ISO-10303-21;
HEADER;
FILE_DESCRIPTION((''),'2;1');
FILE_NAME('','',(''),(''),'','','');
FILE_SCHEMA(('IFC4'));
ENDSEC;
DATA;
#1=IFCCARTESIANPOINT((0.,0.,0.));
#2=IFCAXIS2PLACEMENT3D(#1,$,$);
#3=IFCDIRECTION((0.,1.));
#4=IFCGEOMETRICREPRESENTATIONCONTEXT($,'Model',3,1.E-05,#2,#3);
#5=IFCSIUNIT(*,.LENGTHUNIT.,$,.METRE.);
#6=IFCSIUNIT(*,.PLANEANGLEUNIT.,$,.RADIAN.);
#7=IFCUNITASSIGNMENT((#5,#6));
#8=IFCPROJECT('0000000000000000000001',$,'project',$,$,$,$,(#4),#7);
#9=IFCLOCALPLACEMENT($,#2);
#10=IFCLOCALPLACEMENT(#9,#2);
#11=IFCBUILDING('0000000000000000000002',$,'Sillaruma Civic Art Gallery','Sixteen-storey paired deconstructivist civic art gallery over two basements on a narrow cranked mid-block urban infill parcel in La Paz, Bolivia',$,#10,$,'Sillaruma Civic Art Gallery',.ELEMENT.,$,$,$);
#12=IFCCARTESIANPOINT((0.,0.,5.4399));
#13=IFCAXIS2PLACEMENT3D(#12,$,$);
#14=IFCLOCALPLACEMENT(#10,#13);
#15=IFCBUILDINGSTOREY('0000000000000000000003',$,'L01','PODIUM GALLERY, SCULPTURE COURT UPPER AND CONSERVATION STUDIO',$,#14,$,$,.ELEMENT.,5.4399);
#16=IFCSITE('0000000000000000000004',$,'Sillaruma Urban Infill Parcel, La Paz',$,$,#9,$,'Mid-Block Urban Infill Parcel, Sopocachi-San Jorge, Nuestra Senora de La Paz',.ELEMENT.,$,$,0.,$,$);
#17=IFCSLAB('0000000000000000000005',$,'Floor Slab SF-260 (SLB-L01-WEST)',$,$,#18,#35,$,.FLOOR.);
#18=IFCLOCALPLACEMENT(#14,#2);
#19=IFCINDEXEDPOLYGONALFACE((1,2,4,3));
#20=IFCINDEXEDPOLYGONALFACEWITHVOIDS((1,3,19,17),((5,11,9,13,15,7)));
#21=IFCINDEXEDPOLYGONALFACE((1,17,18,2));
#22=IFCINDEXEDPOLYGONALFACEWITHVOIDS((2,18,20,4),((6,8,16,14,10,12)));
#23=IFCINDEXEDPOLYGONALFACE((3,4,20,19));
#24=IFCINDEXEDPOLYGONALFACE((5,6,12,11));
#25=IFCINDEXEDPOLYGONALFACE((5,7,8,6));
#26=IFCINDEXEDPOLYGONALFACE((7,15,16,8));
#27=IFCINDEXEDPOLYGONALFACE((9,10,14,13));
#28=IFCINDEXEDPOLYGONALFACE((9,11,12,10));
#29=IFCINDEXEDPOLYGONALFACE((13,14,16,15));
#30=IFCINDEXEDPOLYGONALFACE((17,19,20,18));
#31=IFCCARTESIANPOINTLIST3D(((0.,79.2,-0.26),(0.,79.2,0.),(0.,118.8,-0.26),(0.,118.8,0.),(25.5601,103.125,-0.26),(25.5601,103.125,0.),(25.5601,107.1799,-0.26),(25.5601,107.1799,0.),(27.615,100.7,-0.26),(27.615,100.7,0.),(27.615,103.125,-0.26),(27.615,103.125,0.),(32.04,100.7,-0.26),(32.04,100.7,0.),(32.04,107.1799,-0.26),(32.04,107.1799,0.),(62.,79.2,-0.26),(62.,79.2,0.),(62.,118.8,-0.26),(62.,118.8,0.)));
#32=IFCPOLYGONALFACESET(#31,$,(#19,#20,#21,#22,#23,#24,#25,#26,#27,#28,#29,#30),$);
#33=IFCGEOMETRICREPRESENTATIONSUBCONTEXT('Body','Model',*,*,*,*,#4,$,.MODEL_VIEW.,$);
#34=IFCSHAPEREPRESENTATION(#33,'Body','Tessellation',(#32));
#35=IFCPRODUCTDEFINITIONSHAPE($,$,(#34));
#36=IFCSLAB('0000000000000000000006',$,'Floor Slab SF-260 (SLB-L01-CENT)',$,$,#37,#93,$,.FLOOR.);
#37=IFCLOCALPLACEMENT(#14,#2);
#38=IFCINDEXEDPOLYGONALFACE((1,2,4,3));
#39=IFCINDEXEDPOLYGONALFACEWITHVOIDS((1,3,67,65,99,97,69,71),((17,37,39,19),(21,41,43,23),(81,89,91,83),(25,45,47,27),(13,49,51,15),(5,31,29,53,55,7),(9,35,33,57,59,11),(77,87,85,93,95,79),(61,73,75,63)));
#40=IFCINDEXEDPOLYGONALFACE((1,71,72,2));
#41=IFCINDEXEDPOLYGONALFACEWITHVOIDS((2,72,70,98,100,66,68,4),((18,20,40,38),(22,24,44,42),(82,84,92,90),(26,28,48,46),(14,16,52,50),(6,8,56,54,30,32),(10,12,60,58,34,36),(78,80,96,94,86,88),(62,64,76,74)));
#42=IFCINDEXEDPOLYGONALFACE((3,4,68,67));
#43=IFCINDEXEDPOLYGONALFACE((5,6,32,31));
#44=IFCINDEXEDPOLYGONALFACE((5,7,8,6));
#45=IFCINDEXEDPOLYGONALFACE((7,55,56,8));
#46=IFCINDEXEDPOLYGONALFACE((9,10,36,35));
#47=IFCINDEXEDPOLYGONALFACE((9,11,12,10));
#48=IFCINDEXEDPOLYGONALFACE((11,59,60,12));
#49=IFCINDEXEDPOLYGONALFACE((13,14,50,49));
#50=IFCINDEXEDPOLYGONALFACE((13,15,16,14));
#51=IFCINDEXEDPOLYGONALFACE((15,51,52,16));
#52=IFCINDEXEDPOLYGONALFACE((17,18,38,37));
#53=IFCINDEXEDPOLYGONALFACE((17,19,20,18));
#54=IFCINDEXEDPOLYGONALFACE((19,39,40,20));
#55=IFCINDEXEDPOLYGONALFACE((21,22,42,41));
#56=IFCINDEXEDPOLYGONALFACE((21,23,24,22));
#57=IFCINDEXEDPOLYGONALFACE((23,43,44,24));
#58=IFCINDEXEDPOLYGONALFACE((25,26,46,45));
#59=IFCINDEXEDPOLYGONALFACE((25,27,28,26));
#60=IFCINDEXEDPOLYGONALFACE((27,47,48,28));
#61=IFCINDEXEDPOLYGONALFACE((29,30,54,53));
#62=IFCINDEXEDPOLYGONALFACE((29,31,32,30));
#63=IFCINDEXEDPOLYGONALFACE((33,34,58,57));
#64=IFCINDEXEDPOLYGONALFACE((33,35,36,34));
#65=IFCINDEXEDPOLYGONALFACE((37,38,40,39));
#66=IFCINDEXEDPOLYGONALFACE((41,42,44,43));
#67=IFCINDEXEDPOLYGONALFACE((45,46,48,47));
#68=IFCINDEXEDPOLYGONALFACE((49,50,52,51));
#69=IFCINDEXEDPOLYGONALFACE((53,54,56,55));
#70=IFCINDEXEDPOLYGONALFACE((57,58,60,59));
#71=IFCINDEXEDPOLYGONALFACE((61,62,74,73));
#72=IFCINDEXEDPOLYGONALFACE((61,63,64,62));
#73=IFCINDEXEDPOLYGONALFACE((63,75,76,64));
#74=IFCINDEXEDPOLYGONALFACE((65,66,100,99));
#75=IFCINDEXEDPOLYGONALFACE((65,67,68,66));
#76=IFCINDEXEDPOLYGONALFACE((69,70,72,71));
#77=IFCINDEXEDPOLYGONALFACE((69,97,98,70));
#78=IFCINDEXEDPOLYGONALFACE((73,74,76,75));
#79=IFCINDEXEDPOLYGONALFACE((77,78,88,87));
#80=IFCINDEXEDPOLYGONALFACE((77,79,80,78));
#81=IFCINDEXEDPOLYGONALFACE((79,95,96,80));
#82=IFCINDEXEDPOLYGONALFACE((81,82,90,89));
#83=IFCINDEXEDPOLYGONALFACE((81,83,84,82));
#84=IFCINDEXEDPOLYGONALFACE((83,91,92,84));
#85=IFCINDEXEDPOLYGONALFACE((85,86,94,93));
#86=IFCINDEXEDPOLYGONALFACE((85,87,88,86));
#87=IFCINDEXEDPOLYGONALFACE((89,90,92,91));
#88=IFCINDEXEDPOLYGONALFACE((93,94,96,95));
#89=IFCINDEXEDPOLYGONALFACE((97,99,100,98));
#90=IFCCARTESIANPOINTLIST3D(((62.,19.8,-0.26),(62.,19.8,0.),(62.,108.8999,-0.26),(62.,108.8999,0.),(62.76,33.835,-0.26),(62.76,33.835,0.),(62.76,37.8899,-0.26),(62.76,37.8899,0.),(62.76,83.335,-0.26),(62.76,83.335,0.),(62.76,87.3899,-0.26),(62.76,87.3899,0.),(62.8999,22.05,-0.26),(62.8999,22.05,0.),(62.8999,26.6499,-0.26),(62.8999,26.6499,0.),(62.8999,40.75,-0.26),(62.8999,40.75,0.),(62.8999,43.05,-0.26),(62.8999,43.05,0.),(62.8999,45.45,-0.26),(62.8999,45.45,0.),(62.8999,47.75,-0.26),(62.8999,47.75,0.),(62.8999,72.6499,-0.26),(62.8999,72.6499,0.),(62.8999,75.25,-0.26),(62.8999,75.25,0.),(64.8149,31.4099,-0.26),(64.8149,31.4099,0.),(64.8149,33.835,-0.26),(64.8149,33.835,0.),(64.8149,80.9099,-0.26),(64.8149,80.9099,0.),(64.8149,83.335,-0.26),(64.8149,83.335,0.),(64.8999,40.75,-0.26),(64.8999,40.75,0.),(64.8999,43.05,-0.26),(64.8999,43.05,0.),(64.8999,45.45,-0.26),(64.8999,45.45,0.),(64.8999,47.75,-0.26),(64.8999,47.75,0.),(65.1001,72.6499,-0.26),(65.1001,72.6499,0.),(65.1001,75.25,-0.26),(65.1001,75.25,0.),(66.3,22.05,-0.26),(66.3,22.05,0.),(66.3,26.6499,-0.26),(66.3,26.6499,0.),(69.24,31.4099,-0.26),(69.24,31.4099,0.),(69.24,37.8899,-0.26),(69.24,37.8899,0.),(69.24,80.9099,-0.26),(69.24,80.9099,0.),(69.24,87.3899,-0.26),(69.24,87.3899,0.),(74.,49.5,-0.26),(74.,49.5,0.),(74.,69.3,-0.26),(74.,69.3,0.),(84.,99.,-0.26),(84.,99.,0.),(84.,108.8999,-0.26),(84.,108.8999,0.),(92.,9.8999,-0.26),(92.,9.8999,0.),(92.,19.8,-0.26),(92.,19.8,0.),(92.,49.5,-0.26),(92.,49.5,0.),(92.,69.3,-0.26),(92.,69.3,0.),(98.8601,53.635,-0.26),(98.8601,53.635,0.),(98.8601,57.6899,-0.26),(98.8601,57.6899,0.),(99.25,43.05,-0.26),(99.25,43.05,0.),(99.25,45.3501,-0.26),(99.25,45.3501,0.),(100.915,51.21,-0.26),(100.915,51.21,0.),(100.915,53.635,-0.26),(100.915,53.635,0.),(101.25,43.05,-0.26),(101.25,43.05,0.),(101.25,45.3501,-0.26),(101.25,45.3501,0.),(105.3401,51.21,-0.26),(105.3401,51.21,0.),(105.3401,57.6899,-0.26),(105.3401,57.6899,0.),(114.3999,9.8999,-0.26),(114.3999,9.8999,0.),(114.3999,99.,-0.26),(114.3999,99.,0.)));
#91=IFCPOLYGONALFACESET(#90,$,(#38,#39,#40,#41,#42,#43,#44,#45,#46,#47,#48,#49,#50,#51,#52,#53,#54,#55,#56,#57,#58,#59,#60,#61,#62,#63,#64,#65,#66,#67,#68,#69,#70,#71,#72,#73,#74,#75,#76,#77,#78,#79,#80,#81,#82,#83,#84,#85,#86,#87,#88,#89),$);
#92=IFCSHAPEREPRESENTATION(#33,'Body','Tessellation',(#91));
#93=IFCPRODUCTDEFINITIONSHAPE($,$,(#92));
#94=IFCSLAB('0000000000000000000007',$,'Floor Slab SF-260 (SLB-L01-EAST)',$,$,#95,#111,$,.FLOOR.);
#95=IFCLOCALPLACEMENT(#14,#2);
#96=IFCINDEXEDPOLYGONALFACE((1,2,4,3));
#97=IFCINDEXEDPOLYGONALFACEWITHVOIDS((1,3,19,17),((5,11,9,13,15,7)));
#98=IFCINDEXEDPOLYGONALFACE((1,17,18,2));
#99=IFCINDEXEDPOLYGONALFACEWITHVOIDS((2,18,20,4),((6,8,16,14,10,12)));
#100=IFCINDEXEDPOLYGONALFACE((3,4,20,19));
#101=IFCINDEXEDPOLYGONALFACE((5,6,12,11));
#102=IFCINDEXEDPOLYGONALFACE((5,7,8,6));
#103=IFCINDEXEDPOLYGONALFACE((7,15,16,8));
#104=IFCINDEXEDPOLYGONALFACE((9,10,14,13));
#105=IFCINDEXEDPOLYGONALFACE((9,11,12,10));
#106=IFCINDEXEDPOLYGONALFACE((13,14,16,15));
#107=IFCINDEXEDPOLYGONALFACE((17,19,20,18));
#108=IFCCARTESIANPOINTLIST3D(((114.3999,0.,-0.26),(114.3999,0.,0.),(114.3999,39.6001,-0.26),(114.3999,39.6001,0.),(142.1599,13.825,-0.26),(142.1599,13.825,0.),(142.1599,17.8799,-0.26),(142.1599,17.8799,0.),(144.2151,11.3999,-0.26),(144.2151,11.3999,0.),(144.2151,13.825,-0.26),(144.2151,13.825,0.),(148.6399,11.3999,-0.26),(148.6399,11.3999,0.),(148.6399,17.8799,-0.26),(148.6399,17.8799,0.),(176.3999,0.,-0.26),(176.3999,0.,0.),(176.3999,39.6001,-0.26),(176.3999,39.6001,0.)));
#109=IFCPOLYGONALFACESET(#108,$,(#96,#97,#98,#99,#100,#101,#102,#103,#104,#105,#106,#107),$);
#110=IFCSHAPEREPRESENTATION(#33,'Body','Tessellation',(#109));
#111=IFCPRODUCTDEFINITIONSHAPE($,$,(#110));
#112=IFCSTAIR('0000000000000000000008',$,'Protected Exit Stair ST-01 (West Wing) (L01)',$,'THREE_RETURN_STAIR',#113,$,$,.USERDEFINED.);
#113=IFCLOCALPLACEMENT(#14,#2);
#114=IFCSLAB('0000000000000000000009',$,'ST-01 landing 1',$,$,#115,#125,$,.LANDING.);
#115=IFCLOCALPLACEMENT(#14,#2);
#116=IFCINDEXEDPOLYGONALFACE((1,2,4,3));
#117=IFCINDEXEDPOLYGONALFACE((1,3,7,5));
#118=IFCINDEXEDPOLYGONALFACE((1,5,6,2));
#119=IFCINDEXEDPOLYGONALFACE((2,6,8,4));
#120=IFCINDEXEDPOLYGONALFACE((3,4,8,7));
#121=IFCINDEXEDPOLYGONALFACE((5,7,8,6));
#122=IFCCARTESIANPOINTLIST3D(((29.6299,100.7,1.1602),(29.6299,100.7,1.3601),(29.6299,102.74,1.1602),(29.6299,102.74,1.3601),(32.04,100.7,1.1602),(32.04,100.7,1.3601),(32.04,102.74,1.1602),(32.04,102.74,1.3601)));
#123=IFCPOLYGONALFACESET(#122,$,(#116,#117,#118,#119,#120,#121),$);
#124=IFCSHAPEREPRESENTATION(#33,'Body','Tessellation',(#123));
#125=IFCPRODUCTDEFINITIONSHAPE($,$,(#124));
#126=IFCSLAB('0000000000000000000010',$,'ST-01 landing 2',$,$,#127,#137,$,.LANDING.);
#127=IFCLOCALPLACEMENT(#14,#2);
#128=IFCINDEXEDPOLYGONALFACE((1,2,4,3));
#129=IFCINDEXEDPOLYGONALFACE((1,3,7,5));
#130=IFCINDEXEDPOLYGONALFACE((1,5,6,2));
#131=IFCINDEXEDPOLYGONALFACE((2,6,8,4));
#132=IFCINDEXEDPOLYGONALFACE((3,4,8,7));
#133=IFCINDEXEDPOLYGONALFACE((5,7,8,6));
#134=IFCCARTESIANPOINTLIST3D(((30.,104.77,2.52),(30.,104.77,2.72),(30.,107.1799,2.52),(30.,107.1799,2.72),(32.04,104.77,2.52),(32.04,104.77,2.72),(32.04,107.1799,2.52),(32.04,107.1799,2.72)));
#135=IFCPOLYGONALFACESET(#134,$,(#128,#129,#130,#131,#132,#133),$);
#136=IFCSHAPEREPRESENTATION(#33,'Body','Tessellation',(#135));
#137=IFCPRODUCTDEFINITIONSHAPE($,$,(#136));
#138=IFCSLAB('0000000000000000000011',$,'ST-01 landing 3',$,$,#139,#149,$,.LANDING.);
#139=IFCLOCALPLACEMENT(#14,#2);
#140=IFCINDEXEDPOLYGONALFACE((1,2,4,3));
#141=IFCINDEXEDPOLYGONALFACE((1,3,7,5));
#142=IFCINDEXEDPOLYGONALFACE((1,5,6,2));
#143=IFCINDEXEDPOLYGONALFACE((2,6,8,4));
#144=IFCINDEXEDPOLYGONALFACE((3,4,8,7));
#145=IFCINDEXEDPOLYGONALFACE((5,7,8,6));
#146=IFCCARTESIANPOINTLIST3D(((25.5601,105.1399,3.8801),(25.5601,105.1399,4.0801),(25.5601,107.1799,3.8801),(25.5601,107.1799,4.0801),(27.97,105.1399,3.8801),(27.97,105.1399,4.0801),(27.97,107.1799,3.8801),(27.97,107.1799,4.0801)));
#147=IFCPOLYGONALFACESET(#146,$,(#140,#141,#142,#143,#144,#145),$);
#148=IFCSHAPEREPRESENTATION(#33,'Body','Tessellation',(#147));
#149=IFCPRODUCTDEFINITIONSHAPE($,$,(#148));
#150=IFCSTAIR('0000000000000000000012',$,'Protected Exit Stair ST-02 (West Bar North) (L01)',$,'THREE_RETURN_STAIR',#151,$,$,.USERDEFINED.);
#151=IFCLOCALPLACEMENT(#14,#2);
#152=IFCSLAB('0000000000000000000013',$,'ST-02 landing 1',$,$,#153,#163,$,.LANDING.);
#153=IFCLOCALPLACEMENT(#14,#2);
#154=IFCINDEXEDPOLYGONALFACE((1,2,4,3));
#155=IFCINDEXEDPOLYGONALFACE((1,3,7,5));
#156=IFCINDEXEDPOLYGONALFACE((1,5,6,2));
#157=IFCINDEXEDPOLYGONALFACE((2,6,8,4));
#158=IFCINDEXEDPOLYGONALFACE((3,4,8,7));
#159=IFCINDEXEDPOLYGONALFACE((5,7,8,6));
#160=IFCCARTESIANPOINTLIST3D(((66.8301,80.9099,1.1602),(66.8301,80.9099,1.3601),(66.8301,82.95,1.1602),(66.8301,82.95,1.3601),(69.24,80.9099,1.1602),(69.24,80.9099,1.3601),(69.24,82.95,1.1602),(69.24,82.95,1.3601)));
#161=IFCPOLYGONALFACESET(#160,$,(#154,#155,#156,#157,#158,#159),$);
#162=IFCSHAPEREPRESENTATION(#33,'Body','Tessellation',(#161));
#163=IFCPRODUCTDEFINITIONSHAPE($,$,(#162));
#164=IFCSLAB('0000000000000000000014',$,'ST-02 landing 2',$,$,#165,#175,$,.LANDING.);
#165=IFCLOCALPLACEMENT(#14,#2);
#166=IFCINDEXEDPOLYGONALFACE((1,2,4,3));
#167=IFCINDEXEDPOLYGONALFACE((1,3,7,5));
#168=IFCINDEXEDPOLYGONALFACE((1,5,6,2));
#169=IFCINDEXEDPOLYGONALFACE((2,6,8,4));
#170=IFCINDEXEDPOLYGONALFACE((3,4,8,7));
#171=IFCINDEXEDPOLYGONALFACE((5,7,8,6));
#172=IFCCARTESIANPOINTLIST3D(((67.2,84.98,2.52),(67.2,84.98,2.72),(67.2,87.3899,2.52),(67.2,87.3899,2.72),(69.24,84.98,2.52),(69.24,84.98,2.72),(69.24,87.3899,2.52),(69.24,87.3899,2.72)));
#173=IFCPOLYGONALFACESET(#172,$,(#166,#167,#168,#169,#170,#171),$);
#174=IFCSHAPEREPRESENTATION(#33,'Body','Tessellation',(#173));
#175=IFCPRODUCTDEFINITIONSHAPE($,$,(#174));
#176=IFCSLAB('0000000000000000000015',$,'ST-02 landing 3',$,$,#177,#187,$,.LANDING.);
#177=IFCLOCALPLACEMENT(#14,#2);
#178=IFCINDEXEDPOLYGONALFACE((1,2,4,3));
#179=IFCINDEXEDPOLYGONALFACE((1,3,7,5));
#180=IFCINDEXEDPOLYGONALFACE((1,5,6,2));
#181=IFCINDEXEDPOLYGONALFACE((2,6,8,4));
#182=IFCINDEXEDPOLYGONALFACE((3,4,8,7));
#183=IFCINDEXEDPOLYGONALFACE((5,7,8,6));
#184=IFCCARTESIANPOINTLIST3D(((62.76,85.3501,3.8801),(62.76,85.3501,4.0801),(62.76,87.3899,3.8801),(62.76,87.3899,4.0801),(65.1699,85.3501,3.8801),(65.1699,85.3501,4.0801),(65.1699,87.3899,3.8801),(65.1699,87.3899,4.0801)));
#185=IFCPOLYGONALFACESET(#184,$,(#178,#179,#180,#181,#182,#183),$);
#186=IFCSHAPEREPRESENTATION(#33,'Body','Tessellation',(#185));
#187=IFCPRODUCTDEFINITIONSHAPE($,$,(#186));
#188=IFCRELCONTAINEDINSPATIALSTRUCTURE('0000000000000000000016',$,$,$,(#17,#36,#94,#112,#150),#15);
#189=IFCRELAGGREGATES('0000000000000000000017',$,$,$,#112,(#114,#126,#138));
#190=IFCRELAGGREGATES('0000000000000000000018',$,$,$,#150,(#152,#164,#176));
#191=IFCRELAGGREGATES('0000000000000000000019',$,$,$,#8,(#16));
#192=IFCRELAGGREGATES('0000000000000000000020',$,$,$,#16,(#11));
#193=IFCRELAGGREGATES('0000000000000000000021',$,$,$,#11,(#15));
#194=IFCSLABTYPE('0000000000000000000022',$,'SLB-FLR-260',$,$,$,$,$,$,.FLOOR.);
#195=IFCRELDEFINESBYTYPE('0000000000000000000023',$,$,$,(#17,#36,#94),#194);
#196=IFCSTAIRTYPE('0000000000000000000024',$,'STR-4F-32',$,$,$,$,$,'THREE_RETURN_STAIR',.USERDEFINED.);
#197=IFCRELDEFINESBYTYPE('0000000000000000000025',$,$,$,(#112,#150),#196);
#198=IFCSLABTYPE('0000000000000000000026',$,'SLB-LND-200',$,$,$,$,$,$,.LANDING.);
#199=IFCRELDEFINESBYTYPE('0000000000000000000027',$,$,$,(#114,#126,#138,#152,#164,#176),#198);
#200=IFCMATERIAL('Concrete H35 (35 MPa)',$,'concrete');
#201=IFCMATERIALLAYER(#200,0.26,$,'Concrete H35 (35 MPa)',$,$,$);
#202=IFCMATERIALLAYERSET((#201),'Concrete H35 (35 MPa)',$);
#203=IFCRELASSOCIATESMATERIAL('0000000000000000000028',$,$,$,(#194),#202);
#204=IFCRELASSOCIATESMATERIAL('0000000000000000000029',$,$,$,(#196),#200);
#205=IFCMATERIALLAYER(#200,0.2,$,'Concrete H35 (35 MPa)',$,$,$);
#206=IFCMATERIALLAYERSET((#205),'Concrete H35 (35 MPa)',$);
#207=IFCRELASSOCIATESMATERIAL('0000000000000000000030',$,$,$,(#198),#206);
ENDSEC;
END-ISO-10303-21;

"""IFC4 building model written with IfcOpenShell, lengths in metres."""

from ifc_helpers import new_model, si_unit, direction, frame, origin, place, context, subcontext, project, spatial, polyline, outline, extrude, material, layer, layer_set, type_object, element, aggregate, save


model = new_model("IFC4")

# Units and contexts
model_context = context("Model", 3, precision=1e-05, world=origin(), true_north=direction((0.0, 1.0)))
body_context = subcontext(model_context, "Body", "Model", "MODEL_VIEW")
ifc_project = project(units=[si_unit("LENGTHUNIT", "METRE"), si_unit("PLANEANGLEUNIT", "RADIAN")], contexts=[model_context])

# Site, building, storey
site_placement = place(None, origin())
site = spatial("IfcSite", under=ifc_project, at=site_placement, Name="Sillaruma Urban Infill Parcel, La Paz", LongName="Mid-Block Urban Infill Parcel, Sopocachi-San Jorge, Nuestra Senora de La Paz", CompositionType="ELEMENT", RefElevation=0.0)
building_placement = place(site_placement, origin())
building = spatial("IfcBuilding", under=site, at=building_placement, Name="Sillaruma Civic Art Gallery", Description="Sixteen-storey paired deconstructivist civic art gallery over two basements on a narrow cranked mid-block urban infill parcel in La Paz, Bolivia", LongName="Sillaruma Civic Art Gallery", CompositionType="ELEMENT")
storey_placement = place(building_placement, frame((0.0, 0.0, 5.4399)))
storey = spatial("IfcBuildingStorey", under=building, at=storey_placement, Name="L01", Description="PODIUM GALLERY, SCULPTURE COURT UPPER AND CONSERVATION STUDIO", CompositionType="ELEMENT", Elevation=5.4399)

# Slabs
ifc_material_1 = material(Name="Concrete H35 (35 MPa)", Category="concrete")
ifc_layer_1 = layer(ifc_material_1, 0.26, Name="Concrete H35 (35 MPa)")
ifc_layer_set_1 = layer_set([ifc_layer_1], Name="Concrete H35 (35 MPa)")
slab_type_1 = type_object("IfcSlabType", Name="SLB-FLR-260", PredefinedType="FLOOR", material=ifc_layer_set_1)
slab_1_placement = place(storey_placement, frame((0.0, 0.0, -0.26)))
element("IfcSlab", 1, at=slab_1_placement, inside=storey, type_object=slab_type_1, Name="Floor Slab SF-260 (SLB-L01-WEST)", PredefinedType="FLOOR", context=body_context, shape_type="SweptSolid", body=[
    extrude(outline(polyline([(0.0, 79.2), (62.0, 79.2), (62.0, 118.8), (0.0, 118.8), (0.0, 79.2)]), holes=[polyline([(27.615, 100.7), (32.04, 100.7), (32.04, 107.1799), (25.5601, 107.1799), (25.5601, 103.125), (27.615, 103.125), (27.615, 100.7)])]), origin(), (0.0, 0.0, 1.0), 0.26),
])
slab_2_placement = place(storey_placement, frame((0.0, 0.0, -0.26)))
element("IfcSlab", 2, at=slab_2_placement, inside=storey, type_object=slab_type_1, Name="Floor Slab SF-260 (SLB-L01-CENT)", PredefinedType="FLOOR", context=body_context, shape_type="SweptSolid", body=[
    extrude(outline(polyline([(92.0, 9.8999), (114.3999, 9.8999), (114.3999, 99.0), (84.0, 99.0), (84.0, 108.8999), (62.0, 108.8999), (62.0, 19.8), (92.0, 19.8), (92.0, 9.8999)]), holes=[polyline([(74.0, 49.5), (92.0, 49.5), (92.0, 69.3), (74.0, 69.3), (74.0, 49.5)]), polyline([(64.8149, 80.9099), (69.24, 80.9099), (69.24, 87.3899), (62.76, 87.3899), (62.76, 83.335), (64.8149, 83.335), (64.8149, 80.9099)]), polyline([(64.8149, 31.4099), (69.24, 31.4099), (69.24, 37.8899), (62.76, 37.8899), (62.76, 33.835), (64.8149, 33.835), (64.8149, 31.4099)]), polyline([(100.915, 51.21), (105.3401, 51.21), (105.3401, 57.6899), (98.8601, 57.6899), (98.8601, 53.635), (100.915, 53.635), (100.915, 51.21)]), polyline([(62.8999, 40.75), (64.8999, 40.75), (64.8999, 43.05), (62.8999, 43.05), (62.8999, 40.75)]), polyline([(62.8999, 45.45), (64.8999, 45.45), (64.8999, 47.75), (62.8999, 47.75), (62.8999, 45.45)]), polyline([(99.25, 43.05), (101.25, 43.05), (101.25, 45.3501), (99.25, 45.3501), (99.25, 43.05)]), polyline([(62.8999, 72.6499), (65.1001, 72.6499), (65.1001, 75.25), (62.8999, 75.25), (62.8999, 72.6499)]), polyline([(62.8999, 22.05), (66.3, 22.05), (66.3, 26.6499), (62.8999, 26.6499), (62.8999, 22.05)])]), origin(), (0.0, 0.0, 1.0), 0.26),
])
slab_3_placement = place(storey_placement, frame((0.0, 0.0, -0.26)))
element("IfcSlab", 3, at=slab_3_placement, inside=storey, type_object=slab_type_1, Name="Floor Slab SF-260 (SLB-L01-EAST)", PredefinedType="FLOOR", context=body_context, shape_type="SweptSolid", body=[
    extrude(outline(polyline([(114.3999, 0.0), (176.3999, 0.0), (176.3999, 39.6001), (114.3999, 39.6001), (114.3999, 0.0)]), holes=[polyline([(144.2151, 11.3999), (148.6399, 11.3999), (148.6399, 17.8799), (142.1599, 17.8799), (142.1599, 13.825), (144.2151, 13.825), (144.2151, 11.3999)])]), origin(), (0.0, 0.0, 1.0), 0.26),
])

# Stairs, slabs
stair_type = type_object("IfcStairType", Name="STR-4F-32", ElementType="THREE_RETURN_STAIR", PredefinedType="USERDEFINED", material=ifc_material_1)
stair_1_placement = place(storey_placement, origin())
stair_1 = element("IfcStair", 4, at=stair_1_placement, inside=storey, type_object=stair_type, Name="Protected Exit Stair ST-01 (West Wing) (L01)", ObjectType="THREE_RETURN_STAIR", PredefinedType="USERDEFINED")
ifc_layer_2 = layer(ifc_material_1, 0.2, Name="Concrete H35 (35 MPa)")
ifc_layer_set_2 = layer_set([ifc_layer_2], Name="Concrete H35 (35 MPa)")
slab_type_2 = type_object("IfcSlabType", Name="SLB-LND-200", PredefinedType="LANDING", material=ifc_layer_set_2)
slab_4_placement = place(storey_placement, frame((0.0, 0.0, 1.1602)))
slab_4 = element("IfcSlab", 5, at=slab_4_placement, type_object=slab_type_2, Name="ST-01 landing 1", PredefinedType="LANDING", context=body_context, shape_type="SweptSolid", body=[
    extrude(outline(polyline([(29.6299, 100.7), (32.04, 100.7), (32.04, 102.74), (29.6299, 102.74), (29.6299, 100.7)])), origin(), (0.0, 0.0, 1.0), 0.2),
])
slab_5_placement = place(storey_placement, frame((0.0, 0.0, 2.52)))
slab_5 = element("IfcSlab", 6, at=slab_5_placement, type_object=slab_type_2, Name="ST-01 landing 2", PredefinedType="LANDING", context=body_context, shape_type="SweptSolid", body=[
    extrude(outline(polyline([(30.0, 104.77), (32.04, 104.77), (32.04, 107.1799), (30.0, 107.1799), (30.0, 104.77)])), origin(), (0.0, 0.0, 1.0), 0.2),
])
slab_6_placement = place(storey_placement, frame((0.0, 0.0, 3.8801)))
slab_6 = element("IfcSlab", 7, at=slab_6_placement, type_object=slab_type_2, Name="ST-01 landing 3", PredefinedType="LANDING", context=body_context, shape_type="SweptSolid", body=[
    extrude(outline(polyline([(25.5601, 105.1399), (27.97, 105.1399), (27.97, 107.1799), (25.5601, 107.1799), (25.5601, 105.1399)])), origin(), (0.0, 0.0, 1.0), 0.2),
])
aggregate(stair_1, [slab_4, slab_5, slab_6])
stair_2_placement = place(storey_placement, origin())
stair_2 = element("IfcStair", 8, at=stair_2_placement, inside=storey, type_object=stair_type, Name="Protected Exit Stair ST-02 (West Bar North) (L01)", ObjectType="THREE_RETURN_STAIR", PredefinedType="USERDEFINED")
slab_7_placement = place(storey_placement, frame((0.0, 0.0, 1.1602)))
slab_7 = element("IfcSlab", 9, at=slab_7_placement, type_object=slab_type_2, Name="ST-02 landing 1", PredefinedType="LANDING", context=body_context, shape_type="SweptSolid", body=[
    extrude(outline(polyline([(66.8301, 80.9099), (69.24, 80.9099), (69.24, 82.95), (66.8301, 82.95), (66.8301, 80.9099)])), origin(), (0.0, 0.0, 1.0), 0.2),
])
slab_8_placement = place(storey_placement, frame((0.0, 0.0, 2.52)))
slab_8 = element("IfcSlab", 10, at=slab_8_placement, type_object=slab_type_2, Name="ST-02 landing 2", PredefinedType="LANDING", context=body_context, shape_type="SweptSolid", body=[
    extrude(outline(polyline([(67.2, 84.98), (69.24, 84.98), (69.24, 87.3899), (67.2, 87.3899), (67.2, 84.98)])), origin(), (0.0, 0.0, 1.0), 0.2),
])
slab_9_placement = place(storey_placement, frame((0.0, 0.0, 3.8801)))
slab_9 = element("IfcSlab", 11, at=slab_9_placement, type_object=slab_type_2, Name="ST-02 landing 3", PredefinedType="LANDING", context=body_context, shape_type="SweptSolid", body=[
    extrude(outline(polyline([(62.76, 85.3501), (65.1699, 85.3501), (65.1699, 87.3899), (62.76, 87.3899), (62.76, 85.3501)])), origin(), (0.0, 0.0, 1.0), 0.2),
])
aggregate(stair_2, [slab_7, slab_8, slab_9])

save(model, "model.ifc")
